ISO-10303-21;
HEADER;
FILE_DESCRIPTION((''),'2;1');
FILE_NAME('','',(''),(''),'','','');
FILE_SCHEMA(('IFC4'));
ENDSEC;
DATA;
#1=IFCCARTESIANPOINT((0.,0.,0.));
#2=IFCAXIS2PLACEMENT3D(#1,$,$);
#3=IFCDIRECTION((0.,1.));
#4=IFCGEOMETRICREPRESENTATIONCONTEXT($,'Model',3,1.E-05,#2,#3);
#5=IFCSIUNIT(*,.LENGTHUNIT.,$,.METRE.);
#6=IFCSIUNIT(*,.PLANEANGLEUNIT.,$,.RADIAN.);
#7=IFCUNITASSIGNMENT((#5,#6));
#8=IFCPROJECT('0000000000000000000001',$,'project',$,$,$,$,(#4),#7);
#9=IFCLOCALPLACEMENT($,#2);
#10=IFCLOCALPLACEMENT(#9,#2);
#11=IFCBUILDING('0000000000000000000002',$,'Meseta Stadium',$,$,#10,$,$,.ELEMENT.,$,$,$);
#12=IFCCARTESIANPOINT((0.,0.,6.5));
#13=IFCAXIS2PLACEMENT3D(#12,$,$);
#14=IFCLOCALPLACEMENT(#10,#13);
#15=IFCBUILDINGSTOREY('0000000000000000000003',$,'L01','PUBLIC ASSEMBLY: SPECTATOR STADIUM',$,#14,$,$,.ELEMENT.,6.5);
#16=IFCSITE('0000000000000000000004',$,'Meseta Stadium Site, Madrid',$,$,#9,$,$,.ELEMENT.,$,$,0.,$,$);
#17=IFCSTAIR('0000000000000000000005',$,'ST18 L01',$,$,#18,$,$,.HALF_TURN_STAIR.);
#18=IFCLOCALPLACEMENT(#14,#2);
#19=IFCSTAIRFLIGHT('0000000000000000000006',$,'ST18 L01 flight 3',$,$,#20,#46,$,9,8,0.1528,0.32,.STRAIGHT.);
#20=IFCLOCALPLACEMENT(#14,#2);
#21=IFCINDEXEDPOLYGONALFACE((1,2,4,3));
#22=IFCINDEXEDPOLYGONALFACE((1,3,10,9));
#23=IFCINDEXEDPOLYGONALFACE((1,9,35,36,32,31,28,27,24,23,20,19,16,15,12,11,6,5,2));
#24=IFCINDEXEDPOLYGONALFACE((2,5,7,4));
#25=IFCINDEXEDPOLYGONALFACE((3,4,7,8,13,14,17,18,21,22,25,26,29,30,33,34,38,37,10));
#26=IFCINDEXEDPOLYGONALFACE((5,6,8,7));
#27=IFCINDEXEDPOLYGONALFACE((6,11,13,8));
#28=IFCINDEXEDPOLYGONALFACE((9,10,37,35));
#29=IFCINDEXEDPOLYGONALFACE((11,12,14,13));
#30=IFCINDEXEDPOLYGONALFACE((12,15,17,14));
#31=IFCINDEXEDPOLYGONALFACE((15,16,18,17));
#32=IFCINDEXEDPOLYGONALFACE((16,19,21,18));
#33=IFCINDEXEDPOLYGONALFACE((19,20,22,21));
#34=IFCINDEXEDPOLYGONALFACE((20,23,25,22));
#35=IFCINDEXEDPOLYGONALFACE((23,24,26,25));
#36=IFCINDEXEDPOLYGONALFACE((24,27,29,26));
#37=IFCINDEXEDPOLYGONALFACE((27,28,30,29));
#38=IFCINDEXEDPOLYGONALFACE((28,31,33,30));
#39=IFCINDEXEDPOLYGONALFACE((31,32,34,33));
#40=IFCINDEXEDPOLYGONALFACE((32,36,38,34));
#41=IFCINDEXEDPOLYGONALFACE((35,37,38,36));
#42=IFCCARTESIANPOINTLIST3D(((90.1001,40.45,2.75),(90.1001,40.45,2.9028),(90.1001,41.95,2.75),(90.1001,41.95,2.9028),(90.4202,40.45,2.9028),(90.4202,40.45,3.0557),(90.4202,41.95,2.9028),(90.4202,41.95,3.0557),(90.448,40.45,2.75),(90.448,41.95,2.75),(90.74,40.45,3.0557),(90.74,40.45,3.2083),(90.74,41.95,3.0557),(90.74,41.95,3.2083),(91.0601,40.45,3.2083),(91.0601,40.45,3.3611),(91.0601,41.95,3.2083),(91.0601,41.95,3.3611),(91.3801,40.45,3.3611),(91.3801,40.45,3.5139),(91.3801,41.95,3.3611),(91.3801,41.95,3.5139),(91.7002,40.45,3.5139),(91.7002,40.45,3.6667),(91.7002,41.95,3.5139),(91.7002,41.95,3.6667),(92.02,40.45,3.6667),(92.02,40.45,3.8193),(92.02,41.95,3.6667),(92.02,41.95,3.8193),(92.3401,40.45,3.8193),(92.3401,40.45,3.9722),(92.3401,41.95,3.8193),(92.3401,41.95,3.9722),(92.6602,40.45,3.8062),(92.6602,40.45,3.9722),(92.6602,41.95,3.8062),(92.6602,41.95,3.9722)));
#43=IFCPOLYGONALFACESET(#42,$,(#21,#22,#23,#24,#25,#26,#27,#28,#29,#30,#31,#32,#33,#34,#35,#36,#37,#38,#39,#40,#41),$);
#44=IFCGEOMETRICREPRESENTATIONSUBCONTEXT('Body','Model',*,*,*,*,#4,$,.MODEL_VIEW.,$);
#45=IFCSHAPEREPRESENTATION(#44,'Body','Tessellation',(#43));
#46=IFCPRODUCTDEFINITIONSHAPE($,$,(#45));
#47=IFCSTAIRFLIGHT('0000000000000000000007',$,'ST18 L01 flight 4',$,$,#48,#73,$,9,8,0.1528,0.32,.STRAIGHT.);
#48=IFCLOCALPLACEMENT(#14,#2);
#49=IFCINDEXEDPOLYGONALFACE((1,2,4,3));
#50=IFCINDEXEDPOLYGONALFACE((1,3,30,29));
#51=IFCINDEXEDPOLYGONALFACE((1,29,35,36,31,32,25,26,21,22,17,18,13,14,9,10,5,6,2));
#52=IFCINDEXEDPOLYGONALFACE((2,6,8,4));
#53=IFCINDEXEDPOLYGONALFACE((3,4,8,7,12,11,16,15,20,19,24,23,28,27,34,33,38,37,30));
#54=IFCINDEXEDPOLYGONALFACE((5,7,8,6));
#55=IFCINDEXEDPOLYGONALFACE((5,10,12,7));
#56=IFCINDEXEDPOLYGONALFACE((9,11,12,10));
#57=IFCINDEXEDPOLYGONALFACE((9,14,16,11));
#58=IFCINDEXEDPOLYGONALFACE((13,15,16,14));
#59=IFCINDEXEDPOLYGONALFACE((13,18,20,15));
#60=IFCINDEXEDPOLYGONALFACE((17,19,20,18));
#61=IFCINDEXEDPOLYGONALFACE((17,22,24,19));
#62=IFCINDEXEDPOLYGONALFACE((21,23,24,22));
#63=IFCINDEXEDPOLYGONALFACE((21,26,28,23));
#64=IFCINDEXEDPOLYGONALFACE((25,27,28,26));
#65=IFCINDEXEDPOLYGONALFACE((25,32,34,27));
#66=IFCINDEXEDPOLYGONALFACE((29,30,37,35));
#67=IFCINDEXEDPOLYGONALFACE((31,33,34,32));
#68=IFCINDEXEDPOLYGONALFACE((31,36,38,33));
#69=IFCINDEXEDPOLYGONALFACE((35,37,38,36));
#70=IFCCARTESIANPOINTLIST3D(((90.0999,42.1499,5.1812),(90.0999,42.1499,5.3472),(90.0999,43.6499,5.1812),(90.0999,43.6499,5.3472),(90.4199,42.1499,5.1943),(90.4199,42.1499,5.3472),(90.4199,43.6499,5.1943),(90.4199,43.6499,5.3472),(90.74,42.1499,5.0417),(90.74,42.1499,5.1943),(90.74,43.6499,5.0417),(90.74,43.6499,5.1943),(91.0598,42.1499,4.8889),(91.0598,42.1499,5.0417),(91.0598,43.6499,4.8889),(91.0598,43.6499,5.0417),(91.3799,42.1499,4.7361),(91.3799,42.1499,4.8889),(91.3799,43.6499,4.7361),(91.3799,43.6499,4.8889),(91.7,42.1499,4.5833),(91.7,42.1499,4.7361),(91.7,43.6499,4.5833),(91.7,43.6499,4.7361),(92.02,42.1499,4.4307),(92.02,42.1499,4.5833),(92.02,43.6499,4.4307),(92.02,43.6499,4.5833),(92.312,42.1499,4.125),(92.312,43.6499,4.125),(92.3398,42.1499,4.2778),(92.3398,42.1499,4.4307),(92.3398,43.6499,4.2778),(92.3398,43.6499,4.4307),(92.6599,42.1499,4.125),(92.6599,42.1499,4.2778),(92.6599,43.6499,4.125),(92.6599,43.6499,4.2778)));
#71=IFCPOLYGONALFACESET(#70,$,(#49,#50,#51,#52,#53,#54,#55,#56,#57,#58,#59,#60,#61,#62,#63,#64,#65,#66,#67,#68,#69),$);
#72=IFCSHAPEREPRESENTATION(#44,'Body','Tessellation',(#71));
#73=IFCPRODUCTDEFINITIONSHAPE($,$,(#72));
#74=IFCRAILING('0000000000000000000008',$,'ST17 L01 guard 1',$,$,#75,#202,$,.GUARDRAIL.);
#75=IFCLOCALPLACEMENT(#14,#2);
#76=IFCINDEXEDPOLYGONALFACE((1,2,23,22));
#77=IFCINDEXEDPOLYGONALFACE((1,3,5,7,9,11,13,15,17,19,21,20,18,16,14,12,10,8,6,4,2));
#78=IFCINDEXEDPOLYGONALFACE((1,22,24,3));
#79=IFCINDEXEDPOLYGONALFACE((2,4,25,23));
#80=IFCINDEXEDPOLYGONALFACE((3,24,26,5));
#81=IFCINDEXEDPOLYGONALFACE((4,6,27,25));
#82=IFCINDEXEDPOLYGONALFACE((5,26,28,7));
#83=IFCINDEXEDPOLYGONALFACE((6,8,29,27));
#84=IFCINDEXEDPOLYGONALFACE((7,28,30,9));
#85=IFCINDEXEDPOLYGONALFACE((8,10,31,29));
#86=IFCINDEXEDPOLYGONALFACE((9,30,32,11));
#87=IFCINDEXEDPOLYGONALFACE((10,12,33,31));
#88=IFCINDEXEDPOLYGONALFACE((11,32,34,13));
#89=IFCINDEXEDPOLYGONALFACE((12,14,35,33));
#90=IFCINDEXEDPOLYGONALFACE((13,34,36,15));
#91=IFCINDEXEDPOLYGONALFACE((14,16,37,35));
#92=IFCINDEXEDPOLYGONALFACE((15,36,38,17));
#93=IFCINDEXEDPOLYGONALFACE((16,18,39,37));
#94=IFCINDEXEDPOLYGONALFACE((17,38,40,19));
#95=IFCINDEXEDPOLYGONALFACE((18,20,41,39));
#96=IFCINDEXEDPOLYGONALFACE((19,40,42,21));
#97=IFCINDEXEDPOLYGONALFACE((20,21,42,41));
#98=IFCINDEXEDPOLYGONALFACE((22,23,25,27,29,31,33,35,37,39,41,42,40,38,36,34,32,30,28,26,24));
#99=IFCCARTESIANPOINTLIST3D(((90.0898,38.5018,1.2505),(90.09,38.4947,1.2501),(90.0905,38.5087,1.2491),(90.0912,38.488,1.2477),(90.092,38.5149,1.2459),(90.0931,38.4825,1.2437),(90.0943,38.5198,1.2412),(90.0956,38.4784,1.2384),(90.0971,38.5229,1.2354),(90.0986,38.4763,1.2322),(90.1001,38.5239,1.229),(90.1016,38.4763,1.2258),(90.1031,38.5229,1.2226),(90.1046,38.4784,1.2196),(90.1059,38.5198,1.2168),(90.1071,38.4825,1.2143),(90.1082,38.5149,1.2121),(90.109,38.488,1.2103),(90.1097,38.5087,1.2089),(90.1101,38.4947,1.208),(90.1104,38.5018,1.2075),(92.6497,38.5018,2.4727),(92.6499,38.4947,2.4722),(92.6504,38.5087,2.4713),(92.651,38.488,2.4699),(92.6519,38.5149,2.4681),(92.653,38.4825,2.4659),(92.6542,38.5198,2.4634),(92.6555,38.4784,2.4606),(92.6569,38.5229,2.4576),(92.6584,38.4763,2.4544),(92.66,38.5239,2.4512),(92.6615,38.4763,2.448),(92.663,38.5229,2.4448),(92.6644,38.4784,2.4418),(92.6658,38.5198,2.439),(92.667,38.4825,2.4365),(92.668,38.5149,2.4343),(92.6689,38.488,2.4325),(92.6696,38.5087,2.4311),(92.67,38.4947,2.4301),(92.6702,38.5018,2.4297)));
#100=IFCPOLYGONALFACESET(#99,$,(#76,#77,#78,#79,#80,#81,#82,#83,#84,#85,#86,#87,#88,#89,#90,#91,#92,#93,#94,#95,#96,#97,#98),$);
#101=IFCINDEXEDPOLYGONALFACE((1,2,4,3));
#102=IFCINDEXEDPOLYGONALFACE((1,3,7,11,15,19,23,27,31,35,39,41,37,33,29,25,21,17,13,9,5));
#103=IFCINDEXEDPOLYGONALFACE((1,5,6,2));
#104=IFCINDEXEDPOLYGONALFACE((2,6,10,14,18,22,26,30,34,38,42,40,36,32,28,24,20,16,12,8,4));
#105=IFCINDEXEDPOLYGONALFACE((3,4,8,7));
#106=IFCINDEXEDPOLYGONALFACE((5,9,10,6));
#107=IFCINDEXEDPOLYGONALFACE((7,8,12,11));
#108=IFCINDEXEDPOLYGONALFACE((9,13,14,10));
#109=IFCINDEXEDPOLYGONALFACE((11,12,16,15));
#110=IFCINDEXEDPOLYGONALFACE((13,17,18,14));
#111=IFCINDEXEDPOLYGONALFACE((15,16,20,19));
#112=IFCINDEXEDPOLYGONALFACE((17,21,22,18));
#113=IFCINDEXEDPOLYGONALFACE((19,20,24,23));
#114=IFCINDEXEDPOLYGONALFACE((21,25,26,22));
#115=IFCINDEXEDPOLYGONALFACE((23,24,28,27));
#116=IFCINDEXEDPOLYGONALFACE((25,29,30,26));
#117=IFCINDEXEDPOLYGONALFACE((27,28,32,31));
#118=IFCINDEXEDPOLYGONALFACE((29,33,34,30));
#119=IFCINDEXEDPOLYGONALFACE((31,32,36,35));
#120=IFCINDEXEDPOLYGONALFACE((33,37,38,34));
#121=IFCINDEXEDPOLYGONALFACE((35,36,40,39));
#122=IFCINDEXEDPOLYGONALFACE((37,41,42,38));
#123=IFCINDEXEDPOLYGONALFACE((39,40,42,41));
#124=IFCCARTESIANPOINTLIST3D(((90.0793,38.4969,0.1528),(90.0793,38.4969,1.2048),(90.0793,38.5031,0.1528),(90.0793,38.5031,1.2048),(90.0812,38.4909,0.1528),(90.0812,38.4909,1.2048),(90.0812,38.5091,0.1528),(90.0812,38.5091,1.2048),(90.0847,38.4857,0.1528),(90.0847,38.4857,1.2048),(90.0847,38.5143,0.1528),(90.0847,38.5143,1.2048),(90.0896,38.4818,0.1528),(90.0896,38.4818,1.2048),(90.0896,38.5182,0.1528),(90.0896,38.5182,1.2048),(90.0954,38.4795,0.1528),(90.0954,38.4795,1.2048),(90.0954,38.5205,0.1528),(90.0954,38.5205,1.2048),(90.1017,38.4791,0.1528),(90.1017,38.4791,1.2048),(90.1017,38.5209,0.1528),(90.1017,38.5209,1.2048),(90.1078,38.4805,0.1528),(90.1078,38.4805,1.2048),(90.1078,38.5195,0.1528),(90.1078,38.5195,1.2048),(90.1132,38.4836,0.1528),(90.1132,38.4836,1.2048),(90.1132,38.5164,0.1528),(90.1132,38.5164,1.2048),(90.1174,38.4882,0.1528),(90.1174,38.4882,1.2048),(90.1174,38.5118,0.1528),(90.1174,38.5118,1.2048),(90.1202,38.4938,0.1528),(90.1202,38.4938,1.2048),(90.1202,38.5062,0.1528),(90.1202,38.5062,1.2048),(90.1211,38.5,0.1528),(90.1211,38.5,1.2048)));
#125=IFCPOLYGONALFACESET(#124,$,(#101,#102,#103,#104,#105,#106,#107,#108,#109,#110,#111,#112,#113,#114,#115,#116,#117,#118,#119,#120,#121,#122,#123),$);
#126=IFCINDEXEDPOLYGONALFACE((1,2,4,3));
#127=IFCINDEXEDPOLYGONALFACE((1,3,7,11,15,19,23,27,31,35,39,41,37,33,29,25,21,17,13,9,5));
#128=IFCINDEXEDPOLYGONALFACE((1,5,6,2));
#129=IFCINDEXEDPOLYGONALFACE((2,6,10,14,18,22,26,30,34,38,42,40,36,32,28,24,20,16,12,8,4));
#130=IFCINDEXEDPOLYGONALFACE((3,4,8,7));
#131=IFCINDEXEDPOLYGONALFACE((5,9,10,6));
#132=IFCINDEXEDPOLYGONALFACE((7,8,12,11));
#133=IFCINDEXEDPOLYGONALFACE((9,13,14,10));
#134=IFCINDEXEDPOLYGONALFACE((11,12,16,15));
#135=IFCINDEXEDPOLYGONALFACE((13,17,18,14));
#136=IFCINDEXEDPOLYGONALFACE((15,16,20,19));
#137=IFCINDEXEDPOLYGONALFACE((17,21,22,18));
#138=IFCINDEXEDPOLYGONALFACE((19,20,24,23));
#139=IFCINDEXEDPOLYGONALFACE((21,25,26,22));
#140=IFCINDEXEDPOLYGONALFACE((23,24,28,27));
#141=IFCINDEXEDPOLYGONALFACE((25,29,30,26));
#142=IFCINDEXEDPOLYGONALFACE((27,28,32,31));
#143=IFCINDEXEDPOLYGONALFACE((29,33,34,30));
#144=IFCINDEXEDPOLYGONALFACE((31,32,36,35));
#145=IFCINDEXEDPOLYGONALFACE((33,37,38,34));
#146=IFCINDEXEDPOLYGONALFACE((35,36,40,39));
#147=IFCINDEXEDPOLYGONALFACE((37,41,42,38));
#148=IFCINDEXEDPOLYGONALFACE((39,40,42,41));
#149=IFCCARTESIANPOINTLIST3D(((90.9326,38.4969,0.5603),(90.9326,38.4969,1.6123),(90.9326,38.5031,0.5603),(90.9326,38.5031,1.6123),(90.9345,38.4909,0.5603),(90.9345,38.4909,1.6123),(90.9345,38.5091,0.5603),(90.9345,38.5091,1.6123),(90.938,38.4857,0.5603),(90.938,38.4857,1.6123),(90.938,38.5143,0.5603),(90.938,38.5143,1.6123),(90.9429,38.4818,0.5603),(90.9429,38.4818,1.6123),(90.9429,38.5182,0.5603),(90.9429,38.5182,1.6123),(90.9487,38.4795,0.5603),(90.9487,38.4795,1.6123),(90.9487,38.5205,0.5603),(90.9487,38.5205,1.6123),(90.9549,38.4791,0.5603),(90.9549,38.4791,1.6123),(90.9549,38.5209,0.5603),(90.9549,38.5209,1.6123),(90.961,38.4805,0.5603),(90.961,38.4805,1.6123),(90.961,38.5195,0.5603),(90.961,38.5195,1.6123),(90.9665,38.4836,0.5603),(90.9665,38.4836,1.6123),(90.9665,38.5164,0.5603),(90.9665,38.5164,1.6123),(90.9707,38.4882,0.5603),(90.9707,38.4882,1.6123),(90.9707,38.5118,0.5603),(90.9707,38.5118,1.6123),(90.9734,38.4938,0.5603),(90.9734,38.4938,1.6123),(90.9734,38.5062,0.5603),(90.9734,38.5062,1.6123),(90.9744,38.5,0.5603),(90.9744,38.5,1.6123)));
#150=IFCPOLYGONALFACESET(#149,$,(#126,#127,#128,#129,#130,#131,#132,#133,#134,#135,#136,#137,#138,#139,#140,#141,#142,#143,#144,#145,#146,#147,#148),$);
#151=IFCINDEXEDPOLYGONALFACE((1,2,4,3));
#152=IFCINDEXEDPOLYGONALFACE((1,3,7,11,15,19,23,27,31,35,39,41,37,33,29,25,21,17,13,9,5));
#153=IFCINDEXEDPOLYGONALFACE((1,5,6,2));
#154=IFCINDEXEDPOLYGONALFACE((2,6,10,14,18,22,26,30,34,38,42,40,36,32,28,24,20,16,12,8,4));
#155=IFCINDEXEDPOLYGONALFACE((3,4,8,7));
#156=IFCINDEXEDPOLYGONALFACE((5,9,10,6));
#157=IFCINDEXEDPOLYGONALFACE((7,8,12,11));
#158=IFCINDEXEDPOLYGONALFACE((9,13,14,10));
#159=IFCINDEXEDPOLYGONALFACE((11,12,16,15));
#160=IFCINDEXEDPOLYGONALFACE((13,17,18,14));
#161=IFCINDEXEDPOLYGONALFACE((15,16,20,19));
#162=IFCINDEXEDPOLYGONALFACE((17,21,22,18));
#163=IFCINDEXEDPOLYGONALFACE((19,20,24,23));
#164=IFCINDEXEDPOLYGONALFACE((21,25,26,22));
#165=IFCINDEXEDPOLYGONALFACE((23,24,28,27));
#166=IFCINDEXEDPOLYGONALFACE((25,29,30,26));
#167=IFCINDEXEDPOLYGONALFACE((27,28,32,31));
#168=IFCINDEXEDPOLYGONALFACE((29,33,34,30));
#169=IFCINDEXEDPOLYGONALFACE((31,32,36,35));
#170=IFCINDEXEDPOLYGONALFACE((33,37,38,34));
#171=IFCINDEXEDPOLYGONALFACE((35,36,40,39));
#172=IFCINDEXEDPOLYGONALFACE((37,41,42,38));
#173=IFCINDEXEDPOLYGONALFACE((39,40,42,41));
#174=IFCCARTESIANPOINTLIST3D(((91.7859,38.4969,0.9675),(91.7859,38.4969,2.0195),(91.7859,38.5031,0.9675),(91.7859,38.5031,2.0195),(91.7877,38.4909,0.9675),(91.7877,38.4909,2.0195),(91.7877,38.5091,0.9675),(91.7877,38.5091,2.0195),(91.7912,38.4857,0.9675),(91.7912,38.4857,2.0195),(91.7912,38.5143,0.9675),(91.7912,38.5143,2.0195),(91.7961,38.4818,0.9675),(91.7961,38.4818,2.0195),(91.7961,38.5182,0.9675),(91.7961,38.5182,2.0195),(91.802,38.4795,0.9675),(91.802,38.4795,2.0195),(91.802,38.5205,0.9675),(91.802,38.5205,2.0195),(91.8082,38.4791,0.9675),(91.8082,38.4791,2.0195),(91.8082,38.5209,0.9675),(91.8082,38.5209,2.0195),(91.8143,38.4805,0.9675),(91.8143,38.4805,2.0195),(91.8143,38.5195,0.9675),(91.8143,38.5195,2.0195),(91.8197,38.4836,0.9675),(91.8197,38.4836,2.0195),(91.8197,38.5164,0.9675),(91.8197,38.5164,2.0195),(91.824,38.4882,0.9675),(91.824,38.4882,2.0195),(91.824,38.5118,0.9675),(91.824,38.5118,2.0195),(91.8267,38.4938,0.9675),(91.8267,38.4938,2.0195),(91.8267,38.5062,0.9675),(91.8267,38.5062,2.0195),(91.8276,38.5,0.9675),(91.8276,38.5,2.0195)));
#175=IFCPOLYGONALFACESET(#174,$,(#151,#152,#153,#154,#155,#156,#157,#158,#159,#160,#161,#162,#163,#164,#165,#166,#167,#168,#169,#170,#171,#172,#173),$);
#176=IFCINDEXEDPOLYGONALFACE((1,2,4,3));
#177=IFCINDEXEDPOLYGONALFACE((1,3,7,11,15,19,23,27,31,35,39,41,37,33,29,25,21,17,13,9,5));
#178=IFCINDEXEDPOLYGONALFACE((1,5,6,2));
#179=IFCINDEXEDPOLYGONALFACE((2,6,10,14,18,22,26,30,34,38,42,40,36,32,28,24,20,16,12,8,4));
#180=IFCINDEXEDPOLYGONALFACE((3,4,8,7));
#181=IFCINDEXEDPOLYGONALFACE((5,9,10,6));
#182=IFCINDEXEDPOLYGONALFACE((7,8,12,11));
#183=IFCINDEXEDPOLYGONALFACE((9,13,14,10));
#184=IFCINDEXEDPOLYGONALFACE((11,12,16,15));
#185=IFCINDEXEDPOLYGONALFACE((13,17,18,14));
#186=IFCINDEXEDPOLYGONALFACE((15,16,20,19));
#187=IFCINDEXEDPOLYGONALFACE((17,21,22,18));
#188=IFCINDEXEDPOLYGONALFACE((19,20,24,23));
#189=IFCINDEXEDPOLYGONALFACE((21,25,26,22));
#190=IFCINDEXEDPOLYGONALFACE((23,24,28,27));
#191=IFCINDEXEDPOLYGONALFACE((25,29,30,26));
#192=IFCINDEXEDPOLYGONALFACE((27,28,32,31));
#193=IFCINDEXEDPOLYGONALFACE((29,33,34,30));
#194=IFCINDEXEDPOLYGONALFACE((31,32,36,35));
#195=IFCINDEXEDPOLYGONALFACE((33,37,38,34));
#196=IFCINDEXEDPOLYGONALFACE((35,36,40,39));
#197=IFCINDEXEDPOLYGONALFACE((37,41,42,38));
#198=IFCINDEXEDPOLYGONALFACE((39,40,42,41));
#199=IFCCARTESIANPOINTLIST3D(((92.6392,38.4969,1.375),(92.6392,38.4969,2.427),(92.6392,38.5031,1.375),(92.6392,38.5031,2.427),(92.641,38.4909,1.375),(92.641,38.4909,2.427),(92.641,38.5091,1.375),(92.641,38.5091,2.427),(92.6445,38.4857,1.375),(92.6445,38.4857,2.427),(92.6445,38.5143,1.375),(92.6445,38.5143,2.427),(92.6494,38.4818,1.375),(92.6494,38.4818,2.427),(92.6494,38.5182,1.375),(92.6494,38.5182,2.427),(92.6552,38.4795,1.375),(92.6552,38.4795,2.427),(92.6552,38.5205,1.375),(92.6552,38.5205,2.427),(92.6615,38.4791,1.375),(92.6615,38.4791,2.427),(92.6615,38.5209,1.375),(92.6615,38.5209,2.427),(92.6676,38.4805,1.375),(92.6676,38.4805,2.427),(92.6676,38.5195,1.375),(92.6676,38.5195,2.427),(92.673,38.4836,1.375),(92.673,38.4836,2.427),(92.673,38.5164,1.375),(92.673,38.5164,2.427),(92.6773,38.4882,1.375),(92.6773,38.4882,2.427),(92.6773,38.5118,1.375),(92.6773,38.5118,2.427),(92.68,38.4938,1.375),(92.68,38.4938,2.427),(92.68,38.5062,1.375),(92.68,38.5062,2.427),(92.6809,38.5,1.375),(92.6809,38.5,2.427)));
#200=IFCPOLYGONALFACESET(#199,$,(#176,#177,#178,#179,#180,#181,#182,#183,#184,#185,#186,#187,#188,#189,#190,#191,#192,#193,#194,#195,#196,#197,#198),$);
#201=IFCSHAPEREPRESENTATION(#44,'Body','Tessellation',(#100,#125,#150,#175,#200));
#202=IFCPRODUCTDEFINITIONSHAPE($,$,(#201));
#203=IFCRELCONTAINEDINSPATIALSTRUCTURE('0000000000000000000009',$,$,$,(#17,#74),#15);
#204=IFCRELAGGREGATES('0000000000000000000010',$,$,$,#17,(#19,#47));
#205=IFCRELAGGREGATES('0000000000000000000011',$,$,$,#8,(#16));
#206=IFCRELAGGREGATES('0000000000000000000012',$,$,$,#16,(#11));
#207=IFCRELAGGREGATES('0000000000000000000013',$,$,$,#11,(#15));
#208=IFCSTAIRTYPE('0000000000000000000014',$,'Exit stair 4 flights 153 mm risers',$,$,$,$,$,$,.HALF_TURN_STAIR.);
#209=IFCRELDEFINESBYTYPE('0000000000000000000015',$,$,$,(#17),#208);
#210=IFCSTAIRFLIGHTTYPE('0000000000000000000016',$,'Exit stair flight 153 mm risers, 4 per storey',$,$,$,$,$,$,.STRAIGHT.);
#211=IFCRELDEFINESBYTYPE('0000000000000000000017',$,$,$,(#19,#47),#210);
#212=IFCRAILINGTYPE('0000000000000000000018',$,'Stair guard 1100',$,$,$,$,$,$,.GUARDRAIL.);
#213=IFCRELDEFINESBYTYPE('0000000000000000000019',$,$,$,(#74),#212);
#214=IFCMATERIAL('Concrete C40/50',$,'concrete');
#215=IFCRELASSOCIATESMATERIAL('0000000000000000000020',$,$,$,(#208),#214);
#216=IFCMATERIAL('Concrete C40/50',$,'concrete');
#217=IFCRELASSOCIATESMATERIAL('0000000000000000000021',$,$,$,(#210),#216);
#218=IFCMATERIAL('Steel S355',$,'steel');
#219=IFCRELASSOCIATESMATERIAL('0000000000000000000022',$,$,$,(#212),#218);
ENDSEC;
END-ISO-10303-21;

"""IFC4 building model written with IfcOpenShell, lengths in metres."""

from ifc_helpers import new_model, si_unit, direction, frame, origin, origin_2d, place, context, subcontext, project, spatial, polyline, circle, outline, extrude, material, type_object, element, aggregate, save


model = new_model("IFC4")

# Units and contexts
model_context = context("Model", 3, precision=1e-05, world=origin(), true_north=direction((0.0, 1.0)))
body_context = subcontext(model_context, "Body", "Model", "MODEL_VIEW")
ifc_project = project(units=[si_unit("LENGTHUNIT", "METRE"), si_unit("PLANEANGLEUNIT", "RADIAN")], contexts=[model_context])

# Site, building, storey
site_placement = place(None, origin())
site = spatial("IfcSite", under=ifc_project, at=site_placement, Name="Meseta Stadium Site, Madrid", CompositionType="ELEMENT", RefElevation=0.0)
building_placement = place(site_placement, origin())
building = spatial("IfcBuilding", under=site, at=building_placement, Name="Meseta Stadium", CompositionType="ELEMENT")
storey_placement = place(building_placement, frame((0.0, 0.0, 6.5)))
storey = spatial("IfcBuildingStorey", under=building, at=storey_placement, Name="L01", Description="PUBLIC ASSEMBLY: SPECTATOR STADIUM", CompositionType="ELEMENT", Elevation=6.5)

# Stair, stair flights
ifc_material_1 = material(Name="Concrete C40/50", Category="concrete")
stair_type = type_object("IfcStairType", Name="Exit stair 4 flights 153 mm risers", PredefinedType="HALF_TURN_STAIR", material=ifc_material_1)
ifc_material_2 = material(Name="Concrete C40/50", Category="concrete")
stair_flight_type = type_object("IfcStairFlightType", Name="Exit stair flight 153 mm risers, 4 per storey", PredefinedType="STRAIGHT", material=ifc_material_2)
stair_1_placement = place(storey_placement, origin())
stair_1 = element("IfcStair", 1, at=stair_1_placement, inside=storey, type_object=stair_type, Name="ST18 L01", PredefinedType="HALF_TURN_STAIR")
stair_flight_1_placement = place(storey_placement, frame((90.1001, 41.2, 2.75), z_axis=(0.0, 0.0, 1.0), x_axis=(1.0, 0.0, 0.0)))
stair_flight_1 = element("IfcStairFlight", 2, at=stair_flight_1_placement, type_object=stair_flight_type, Name="ST18 L01 flight 3", NumberOfRisers=9, NumberOfTreads=8, PredefinedType="STRAIGHT", RiserHeight=0.1528, TreadLength=0.32, context=body_context, shape_type="SweptSolid", body=[
    extrude(outline(polyline([(0.0, 0.0), (0.0, 0.1528), (0.3201, 0.1528), (0.3201, 0.3057), (0.6399, 0.3057), (0.6399, 0.4583), (0.96, 0.4583), (0.96, 0.6111), (1.28, 0.6111), (1.28, 0.7639), (1.6001, 0.7639), (1.6001, 0.9167), (1.9199, 0.9167), (1.9199, 1.0693), (2.24, 1.0693), (2.24, 1.2222), (2.5601, 1.2222), (2.5601, 1.0562), (0.3479, 0.0), (0.0, 0.0)])), frame((0.0, 0.75, 0.0), z_axis=(0.0, -1.0, 0.0), x_axis=(1.0, 0.0, 0.0)), (0.0, 0.0, 1.0), 1.5),
])
stair_flight_2_placement = place(storey_placement, frame((92.6599, 42.8999, 4.125), z_axis=(0.0, 0.0, 1.0), x_axis=(-1.0, 0.0, 0.0)))
stair_flight_2 = element("IfcStairFlight", 3, at=stair_flight_2_placement, type_object=stair_flight_type, Name="ST18 L01 flight 4", NumberOfRisers=9, NumberOfTreads=8, PredefinedType="STRAIGHT", RiserHeight=0.1528, TreadLength=0.32, context=body_context, shape_type="SweptSolid", body=[
    extrude(outline(polyline([(0.0, 0.0), (0.0, 0.1528), (0.3201, 0.1528), (0.3201, 0.3057), (0.6399, 0.3057), (0.6399, 0.4583), (0.96, 0.4583), (0.96, 0.6111), (1.28, 0.6111), (1.28, 0.7639), (1.6001, 0.7639), (1.6001, 0.9167), (1.9199, 0.9167), (1.9199, 1.0693), (2.24, 1.0693), (2.24, 1.2222), (2.5601, 1.2222), (2.5601, 1.0562), (0.3479, 0.0), (0.0, 0.0)])), frame((0.0, 0.75, 0.0), z_axis=(0.0, -1.0, 0.0), x_axis=(1.0, 0.0, 0.0)), (0.0, 0.0, 1.0), 1.5),
])
aggregate(stair_1, [stair_flight_1, stair_flight_2])

# Railing
ifc_material_3 = material(Name="Steel S355", Category="steel")
railing_type_1 = type_object("IfcRailingType", Name="Stair guard 1100", PredefinedType="GUARDRAIL", material=ifc_material_3)
railing_1_placement = place(storey_placement, frame((90.1001, 38.5, 0.1528)))
element("IfcRailing", 4, at=railing_1_placement, inside=storey, type_object=railing_type_1, Name="ST17 L01 guard 1", PredefinedType="GUARDRAIL", context=body_context, shape_type="SweptSolid", body=[
    extrude(circle(Radius=0.0239, at=origin_2d()), frame((0.0, 0.0, 1.0762), z_axis=(0.902421, 0.0, 0.430855), x_axis=(0.0, 1.0, 0.0)), (0.0, 0.0, 1.0), 2.8367),
    extrude(circle(Radius=0.021, at=origin_2d()), origin(), (0.0, 0.0, 1.0), 1.052),
    extrude(circle(Radius=0.021, at=origin_2d()), frame((0.8533, 0.0, 0.4075)), (0.0, 0.0, 1.0), 1.052),
    extrude(circle(Radius=0.021, at=origin_2d()), frame((1.7065, 0.0, 0.8147)), (0.0, 0.0, 1.0), 1.052),
    extrude(circle(Radius=0.021, at=origin_2d()), frame((2.5598, 0.0, 1.2222)), (0.0, 0.0, 1.0), 1.052),
])

save(model, "model.ifc")
